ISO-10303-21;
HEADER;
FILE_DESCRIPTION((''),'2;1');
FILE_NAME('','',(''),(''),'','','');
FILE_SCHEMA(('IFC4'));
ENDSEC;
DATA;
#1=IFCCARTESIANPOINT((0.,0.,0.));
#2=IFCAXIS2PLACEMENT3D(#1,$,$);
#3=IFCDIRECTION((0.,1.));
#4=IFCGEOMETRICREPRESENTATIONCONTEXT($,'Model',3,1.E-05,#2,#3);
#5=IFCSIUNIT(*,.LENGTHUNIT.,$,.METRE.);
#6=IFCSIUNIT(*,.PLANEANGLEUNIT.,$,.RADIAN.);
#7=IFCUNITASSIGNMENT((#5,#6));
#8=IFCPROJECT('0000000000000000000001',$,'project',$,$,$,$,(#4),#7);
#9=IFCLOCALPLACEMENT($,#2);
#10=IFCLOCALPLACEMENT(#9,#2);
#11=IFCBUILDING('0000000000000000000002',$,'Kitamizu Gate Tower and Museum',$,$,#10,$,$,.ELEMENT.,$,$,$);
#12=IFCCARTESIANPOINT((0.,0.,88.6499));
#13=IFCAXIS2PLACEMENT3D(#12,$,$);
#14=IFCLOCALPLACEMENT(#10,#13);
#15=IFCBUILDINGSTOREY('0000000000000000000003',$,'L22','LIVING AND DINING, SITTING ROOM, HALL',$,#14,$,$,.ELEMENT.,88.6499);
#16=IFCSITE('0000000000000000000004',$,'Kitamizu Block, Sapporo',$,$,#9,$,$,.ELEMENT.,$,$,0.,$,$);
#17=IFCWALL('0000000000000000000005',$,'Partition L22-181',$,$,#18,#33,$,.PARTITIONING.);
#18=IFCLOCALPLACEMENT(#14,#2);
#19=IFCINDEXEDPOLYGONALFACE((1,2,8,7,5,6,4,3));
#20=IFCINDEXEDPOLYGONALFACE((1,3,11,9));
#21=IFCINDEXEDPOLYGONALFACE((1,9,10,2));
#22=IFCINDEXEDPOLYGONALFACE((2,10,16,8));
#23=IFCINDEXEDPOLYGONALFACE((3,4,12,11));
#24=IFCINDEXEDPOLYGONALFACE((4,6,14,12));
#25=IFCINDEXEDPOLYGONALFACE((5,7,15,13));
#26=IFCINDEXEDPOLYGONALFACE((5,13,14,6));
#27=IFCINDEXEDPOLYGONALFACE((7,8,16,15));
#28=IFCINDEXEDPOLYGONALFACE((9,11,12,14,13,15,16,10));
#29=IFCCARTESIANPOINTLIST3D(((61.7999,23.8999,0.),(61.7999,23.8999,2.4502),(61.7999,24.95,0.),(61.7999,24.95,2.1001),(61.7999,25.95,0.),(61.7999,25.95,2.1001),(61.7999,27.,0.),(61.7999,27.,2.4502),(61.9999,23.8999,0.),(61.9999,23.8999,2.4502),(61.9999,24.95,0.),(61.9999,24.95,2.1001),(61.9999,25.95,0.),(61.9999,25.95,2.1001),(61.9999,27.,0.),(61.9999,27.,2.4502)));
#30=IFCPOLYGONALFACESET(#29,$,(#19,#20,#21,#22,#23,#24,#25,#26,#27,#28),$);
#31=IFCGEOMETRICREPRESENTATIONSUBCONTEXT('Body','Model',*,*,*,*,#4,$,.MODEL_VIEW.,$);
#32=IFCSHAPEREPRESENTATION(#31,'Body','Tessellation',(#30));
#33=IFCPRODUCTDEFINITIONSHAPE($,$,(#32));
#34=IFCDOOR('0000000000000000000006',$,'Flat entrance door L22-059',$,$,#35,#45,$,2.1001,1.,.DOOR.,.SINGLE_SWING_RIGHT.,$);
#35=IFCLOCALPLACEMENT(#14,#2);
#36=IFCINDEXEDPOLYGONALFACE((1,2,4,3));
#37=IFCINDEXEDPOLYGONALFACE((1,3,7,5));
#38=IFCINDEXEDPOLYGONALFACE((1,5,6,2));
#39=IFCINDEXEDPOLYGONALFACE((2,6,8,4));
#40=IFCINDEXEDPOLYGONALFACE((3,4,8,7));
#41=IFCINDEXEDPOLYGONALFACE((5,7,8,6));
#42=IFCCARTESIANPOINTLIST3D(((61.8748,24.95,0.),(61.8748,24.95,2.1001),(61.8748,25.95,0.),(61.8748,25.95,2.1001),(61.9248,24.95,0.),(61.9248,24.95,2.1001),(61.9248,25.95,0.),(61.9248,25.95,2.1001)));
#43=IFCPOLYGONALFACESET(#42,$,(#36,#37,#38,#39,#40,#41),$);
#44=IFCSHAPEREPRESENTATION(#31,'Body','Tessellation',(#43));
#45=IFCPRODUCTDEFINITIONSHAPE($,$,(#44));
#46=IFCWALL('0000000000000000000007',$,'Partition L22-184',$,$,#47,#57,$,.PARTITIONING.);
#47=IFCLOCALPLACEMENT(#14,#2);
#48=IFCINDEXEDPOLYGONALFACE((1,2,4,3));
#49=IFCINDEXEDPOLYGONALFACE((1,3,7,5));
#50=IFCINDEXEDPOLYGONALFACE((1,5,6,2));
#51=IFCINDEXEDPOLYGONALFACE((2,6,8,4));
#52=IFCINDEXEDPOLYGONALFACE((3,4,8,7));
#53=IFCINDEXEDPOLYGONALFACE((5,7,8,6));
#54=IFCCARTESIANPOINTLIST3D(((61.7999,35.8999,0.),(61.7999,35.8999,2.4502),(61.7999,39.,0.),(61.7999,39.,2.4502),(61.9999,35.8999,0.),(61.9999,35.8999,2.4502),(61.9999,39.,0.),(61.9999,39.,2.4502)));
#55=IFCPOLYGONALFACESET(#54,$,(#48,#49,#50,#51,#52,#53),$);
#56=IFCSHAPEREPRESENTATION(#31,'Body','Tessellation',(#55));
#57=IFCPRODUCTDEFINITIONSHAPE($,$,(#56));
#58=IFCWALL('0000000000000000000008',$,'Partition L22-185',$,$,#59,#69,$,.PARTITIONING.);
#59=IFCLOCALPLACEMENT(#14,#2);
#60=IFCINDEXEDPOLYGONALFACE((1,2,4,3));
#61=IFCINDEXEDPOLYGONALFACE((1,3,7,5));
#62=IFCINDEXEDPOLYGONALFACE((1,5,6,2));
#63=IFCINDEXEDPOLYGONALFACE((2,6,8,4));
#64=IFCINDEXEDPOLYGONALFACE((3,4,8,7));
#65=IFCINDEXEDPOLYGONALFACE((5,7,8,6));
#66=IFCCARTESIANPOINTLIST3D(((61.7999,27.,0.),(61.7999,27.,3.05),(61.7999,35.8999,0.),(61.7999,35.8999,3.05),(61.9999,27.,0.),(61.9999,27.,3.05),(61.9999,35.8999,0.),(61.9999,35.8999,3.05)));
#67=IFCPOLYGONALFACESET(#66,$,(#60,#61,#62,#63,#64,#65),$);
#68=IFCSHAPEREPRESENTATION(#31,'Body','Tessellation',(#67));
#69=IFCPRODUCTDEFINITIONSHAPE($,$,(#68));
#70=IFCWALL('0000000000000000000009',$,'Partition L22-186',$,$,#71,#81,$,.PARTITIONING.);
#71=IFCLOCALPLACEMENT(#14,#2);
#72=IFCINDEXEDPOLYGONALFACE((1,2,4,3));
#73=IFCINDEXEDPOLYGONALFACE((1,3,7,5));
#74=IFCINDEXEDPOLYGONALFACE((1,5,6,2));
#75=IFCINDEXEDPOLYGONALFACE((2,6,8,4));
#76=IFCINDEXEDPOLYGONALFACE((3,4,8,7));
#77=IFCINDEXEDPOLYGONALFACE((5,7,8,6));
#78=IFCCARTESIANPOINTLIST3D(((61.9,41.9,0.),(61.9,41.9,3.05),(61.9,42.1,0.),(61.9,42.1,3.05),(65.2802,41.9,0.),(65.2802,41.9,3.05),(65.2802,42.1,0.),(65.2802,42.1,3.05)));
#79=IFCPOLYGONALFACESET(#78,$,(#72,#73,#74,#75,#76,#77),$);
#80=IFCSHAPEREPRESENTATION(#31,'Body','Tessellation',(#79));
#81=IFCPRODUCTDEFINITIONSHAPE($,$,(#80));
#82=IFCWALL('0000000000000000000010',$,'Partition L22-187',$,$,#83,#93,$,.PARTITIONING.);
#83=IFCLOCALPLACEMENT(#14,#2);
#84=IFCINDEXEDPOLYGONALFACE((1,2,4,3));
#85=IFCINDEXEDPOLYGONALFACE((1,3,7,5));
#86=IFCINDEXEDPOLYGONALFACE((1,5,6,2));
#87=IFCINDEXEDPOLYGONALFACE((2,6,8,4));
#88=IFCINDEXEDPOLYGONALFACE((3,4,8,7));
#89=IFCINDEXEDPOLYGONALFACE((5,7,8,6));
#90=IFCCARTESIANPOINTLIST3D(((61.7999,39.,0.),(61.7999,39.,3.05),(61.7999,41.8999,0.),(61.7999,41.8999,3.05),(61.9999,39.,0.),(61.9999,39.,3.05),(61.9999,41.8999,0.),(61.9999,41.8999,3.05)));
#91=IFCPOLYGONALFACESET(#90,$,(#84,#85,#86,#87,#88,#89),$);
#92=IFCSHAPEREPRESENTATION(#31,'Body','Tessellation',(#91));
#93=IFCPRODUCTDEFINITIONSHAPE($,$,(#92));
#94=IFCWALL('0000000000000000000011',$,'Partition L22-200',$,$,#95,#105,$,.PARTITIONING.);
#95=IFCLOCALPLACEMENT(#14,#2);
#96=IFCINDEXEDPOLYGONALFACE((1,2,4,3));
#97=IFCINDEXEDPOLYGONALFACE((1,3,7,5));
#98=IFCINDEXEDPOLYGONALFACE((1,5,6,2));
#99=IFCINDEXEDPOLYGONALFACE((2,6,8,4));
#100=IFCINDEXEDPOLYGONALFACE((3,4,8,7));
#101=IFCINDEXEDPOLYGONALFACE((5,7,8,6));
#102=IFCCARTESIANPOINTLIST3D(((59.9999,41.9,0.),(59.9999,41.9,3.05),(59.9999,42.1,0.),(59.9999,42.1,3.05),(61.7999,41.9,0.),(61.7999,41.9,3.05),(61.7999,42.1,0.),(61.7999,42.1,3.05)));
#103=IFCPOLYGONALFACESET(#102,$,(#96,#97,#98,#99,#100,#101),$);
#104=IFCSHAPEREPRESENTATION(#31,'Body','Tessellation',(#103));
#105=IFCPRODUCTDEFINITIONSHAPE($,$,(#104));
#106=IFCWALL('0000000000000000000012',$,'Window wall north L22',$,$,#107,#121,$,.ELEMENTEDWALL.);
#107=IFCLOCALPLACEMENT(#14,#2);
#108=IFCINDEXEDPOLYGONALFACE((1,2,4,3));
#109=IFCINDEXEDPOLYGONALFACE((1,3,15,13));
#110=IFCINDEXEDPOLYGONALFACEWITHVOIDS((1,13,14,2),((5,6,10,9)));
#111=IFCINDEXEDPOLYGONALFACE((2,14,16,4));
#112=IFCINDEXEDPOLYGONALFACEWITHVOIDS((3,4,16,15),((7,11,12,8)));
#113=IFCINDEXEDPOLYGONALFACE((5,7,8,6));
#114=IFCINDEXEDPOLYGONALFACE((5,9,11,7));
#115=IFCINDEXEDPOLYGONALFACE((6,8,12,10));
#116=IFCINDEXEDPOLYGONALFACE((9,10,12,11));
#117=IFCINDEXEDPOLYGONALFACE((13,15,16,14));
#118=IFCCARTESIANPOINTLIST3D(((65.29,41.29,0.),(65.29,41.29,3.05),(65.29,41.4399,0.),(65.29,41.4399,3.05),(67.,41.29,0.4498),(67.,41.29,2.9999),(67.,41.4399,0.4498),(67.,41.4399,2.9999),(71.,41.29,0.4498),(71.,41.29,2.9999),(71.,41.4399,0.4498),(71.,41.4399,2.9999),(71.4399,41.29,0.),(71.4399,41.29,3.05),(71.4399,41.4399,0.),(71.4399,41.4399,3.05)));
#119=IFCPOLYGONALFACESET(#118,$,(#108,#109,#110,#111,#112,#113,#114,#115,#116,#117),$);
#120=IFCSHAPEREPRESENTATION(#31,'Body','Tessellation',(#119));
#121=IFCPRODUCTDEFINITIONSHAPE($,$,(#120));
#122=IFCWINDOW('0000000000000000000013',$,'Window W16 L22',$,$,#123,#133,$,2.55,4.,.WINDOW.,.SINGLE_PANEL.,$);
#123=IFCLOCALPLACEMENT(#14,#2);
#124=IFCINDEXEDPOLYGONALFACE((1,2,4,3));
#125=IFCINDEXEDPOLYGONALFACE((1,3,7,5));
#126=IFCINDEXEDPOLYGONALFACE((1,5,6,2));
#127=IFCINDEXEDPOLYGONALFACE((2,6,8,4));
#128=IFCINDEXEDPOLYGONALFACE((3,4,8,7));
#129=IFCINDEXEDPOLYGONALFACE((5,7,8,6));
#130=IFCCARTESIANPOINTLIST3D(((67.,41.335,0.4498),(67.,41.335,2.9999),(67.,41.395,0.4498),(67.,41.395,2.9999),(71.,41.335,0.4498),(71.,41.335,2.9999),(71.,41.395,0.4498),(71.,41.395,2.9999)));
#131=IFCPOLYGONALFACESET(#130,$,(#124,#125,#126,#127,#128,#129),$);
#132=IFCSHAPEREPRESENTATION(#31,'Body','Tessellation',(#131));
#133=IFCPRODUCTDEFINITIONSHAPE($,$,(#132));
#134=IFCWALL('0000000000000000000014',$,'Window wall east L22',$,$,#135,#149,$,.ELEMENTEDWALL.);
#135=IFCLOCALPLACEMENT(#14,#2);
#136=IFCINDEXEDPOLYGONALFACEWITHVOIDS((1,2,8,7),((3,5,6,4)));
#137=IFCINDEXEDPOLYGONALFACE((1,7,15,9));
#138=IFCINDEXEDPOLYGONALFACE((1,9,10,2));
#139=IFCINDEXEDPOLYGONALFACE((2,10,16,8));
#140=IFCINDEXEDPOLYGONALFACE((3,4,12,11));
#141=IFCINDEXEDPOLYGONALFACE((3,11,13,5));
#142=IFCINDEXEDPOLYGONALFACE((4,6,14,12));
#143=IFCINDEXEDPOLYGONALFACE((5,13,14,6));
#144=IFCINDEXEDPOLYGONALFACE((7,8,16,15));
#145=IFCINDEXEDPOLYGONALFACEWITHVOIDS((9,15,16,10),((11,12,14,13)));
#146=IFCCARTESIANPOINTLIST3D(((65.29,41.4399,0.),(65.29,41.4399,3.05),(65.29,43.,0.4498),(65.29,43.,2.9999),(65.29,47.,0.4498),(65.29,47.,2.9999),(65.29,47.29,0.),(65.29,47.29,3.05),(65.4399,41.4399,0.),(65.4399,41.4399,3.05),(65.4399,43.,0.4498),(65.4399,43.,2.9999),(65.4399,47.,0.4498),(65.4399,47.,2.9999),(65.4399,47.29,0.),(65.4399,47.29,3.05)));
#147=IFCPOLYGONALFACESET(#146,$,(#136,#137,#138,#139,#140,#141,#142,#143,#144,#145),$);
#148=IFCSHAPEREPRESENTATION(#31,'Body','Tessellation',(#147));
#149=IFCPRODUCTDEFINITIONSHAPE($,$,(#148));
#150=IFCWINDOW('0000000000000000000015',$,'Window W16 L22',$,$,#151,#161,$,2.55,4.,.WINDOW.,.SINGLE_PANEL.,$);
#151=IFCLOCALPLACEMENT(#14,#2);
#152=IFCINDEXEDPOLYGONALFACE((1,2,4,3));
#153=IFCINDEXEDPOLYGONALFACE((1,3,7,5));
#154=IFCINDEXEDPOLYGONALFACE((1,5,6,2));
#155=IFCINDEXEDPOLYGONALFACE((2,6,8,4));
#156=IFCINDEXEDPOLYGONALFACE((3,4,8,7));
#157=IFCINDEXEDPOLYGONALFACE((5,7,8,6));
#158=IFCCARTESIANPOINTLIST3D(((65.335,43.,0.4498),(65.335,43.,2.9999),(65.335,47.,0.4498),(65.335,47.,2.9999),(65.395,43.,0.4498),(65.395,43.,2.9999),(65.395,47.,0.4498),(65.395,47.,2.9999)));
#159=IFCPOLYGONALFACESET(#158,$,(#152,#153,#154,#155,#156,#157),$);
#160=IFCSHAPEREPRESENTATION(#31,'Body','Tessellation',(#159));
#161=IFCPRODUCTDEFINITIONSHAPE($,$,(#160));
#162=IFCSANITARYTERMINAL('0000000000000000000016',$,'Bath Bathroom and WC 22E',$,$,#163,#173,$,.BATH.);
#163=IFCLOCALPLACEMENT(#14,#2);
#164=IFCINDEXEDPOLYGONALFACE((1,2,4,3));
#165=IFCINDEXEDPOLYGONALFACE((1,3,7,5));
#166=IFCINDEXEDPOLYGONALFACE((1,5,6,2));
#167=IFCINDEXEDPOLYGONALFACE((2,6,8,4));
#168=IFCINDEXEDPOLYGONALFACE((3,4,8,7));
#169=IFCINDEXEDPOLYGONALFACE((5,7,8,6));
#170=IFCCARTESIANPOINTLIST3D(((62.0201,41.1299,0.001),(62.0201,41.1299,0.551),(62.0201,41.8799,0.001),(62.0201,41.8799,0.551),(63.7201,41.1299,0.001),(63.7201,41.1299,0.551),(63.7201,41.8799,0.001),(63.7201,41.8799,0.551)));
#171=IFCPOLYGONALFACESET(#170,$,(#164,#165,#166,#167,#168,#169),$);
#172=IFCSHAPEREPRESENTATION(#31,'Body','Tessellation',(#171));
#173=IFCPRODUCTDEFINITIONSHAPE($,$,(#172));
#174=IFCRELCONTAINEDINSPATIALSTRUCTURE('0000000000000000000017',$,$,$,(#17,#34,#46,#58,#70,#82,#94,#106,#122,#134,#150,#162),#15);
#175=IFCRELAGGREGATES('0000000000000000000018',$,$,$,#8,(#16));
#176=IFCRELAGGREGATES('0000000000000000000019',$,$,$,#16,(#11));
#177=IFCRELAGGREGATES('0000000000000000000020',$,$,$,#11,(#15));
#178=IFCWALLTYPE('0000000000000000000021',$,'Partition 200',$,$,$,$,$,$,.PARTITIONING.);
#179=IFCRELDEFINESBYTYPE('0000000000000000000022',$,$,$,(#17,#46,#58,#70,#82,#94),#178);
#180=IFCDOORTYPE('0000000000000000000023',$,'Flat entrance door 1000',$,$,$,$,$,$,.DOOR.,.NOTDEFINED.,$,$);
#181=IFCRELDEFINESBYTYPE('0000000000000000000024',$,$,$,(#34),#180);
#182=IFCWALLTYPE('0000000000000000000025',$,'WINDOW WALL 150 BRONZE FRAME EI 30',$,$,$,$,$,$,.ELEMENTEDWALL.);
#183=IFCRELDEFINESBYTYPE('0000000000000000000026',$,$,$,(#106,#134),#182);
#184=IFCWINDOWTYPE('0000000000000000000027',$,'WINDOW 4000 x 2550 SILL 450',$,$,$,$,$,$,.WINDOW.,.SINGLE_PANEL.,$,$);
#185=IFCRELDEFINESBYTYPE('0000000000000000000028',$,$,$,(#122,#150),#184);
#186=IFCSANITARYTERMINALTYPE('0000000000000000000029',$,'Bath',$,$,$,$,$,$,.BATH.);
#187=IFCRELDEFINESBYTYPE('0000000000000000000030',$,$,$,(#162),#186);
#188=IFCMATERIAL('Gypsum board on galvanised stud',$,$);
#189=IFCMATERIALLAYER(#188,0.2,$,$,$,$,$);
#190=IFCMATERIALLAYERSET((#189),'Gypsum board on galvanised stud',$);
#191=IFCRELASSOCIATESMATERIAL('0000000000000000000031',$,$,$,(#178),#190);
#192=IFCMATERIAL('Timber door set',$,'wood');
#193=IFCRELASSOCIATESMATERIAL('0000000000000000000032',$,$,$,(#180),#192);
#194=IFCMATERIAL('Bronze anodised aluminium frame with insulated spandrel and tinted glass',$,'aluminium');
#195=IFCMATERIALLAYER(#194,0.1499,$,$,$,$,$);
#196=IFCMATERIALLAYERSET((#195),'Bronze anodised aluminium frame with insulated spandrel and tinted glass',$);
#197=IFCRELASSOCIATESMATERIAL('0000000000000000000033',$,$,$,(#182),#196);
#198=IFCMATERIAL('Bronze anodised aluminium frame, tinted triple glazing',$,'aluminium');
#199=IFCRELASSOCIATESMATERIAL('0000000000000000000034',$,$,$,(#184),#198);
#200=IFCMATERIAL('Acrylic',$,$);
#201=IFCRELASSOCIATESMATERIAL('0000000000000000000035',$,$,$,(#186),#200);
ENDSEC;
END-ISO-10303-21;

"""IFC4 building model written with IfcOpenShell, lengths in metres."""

from ifc_helpers import new_model, si_unit, direction, frame, frame_2d, origin, origin_2d, place, context, subcontext, project, spatial, rectangle, extrude, material, layer, layer_set, type_object, element, fill, save


model = new_model("IFC4")

# Units and contexts
model_context = context("Model", 3, precision=1e-05, world=origin(), true_north=direction((0.0, 1.0)))
body_context = subcontext(model_context, "Body", "Model", "MODEL_VIEW")
ifc_project = project(units=[si_unit("LENGTHUNIT", "METRE"), si_unit("PLANEANGLEUNIT", "RADIAN")], contexts=[model_context])

# Site, building, storey
site_placement = place(None, origin())
site = spatial("IfcSite", under=ifc_project, at=site_placement, Name="Kitamizu Block, Sapporo", CompositionType="ELEMENT", RefElevation=0.0)
building_placement = place(site_placement, origin())
building = spatial("IfcBuilding", under=site, at=building_placement, Name="Kitamizu Gate Tower and Museum", CompositionType="ELEMENT")
storey_placement = place(building_placement, frame((0.0, 0.0, 88.6499)))
storey = spatial("IfcBuildingStorey", under=building, at=storey_placement, Name="L22", Description="LIVING AND DINING, SITTING ROOM, HALL", CompositionType="ELEMENT", Elevation=88.6499)

# Wall, opening, door
ifc_material_1 = material(Name="Gypsum board on galvanised stud")
ifc_layer_1 = layer(ifc_material_1, 0.2)
ifc_layer_set_1 = layer_set([ifc_layer_1], Name="Gypsum board on galvanised stud")
wall_type_1 = type_object("IfcWallType", Name="Partition 200", PredefinedType="PARTITIONING", material=ifc_layer_set_1)
wall_1_placement = place(storey_placement, frame((61.8999, 27.0, 0.0), z_axis=(0.0, 0.0, 1.0), x_axis=(0.0, -1.0, 0.0)))
wall_1 = element("IfcWall", 1, at=wall_1_placement, inside=storey, type_object=wall_type_1, Name="Partition L22-181", PredefinedType="PARTITIONING", context=body_context, shape_type="SweptSolid", body=[
    extrude(rectangle(XDim=3.1001, YDim=0.2, at=frame_2d((1.55, 0.0))), origin(), (0.0, 0.0, 1.0), 2.4502),
])
opening_1_placement = place(wall_1_placement, frame((1.05, 0.0, 0.0)))
opening_1 = element("IfcOpeningElement", 2, at=opening_1_placement, cuts=wall_1, PredefinedType="OPENING", context=body_context, shape_type="SweptSolid", body=[
    extrude(rectangle(XDim=1.0, YDim=2.1001, at=frame_2d((0.5, 1.05))), frame((0.0, 0.1099, 0.0), z_axis=(0.0, -1.0, 0.0), x_axis=(1.0, 0.0, 0.0)), (0.0, 0.0, 1.0), 0.22),
])
ifc_material_2 = material(Name="Timber door set", Category="wood")
door_type_1 = type_object("IfcDoorType", Name="Flat entrance door 1000", OperationType="NOTDEFINED", PredefinedType="DOOR", material=ifc_material_2)
door_1_placement = place(opening_1_placement, origin())
door_1 = element("IfcDoor", 3, at=door_1_placement, inside=storey, type_object=door_type_1, Name="Flat entrance door L22-059", OperationType="SINGLE_SWING_RIGHT", OverallHeight=2.1001, OverallWidth=1.0, PredefinedType="DOOR", context=body_context, shape_type="SweptSolid", body=[
    extrude(rectangle(XDim=1.0, YDim=2.1001, at=frame_2d((0.5, 1.05))), frame((0.0, 0.0249, 0.0), z_axis=(0.0, -1.0, 0.0), x_axis=(1.0, 0.0, 0.0)), (0.0, 0.0, 1.0), 0.05),
])
fill(opening_1, door_1)

# Walls
wall_2_placement = place(storey_placement, frame((61.8999, 39.0, 0.0), z_axis=(0.0, 0.0, 1.0), x_axis=(0.0, -1.0, 0.0)))
element("IfcWall", 4, at=wall_2_placement, inside=storey, type_object=wall_type_1, Name="Partition L22-184", PredefinedType="PARTITIONING", context=body_context, shape_type="SweptSolid", body=[
    extrude(rectangle(XDim=3.1001, YDim=0.2, at=frame_2d((1.55, 0.0))), origin(), (0.0, 0.0, 1.0), 2.4502),
])
wall_3_placement = place(storey_placement, frame((61.8999, 35.8999, 0.0), z_axis=(0.0, 0.0, 1.0), x_axis=(0.0, -1.0, 0.0)))
element("IfcWall", 5, at=wall_3_placement, inside=storey, type_object=wall_type_1, Name="Partition L22-185", PredefinedType="PARTITIONING", context=body_context, shape_type="SweptSolid", body=[
    extrude(rectangle(XDim=8.8999, YDim=0.2, at=frame_2d((4.45, 0.0))), origin(), (0.0, 0.0, 1.0), 3.05),
])
wall_4_placement = place(storey_placement, frame((65.28, 42.0, 0.0), z_axis=(0.0, 0.0, 1.0), x_axis=(-1.0, 0.0, 0.0)))
element("IfcWall", 6, at=wall_4_placement, inside=storey, type_object=wall_type_1, Name="Partition L22-186", PredefinedType="PARTITIONING", context=body_context, shape_type="SweptSolid", body=[
    extrude(rectangle(XDim=3.3801, YDim=0.2, at=frame_2d((1.6899, 0.0))), origin(), (0.0, 0.0, 1.0), 3.05),
])
wall_5_placement = place(storey_placement, frame((61.8999, 41.8999, 0.0), z_axis=(0.0, 0.0, 1.0), x_axis=(0.0, -1.0, 0.0)))
element("IfcWall", 7, at=wall_5_placement, inside=storey, type_object=wall_type_1, Name="Partition L22-187", PredefinedType="PARTITIONING", context=body_context, shape_type="SweptSolid", body=[
    extrude(rectangle(XDim=2.8999, YDim=0.2, at=frame_2d((1.45, 0.0))), origin(), (0.0, 0.0, 1.0), 3.05),
])
wall_6_placement = place(storey_placement, frame((60.0, 42.0, 0.0), z_axis=(0.0, 0.0, 1.0), x_axis=(1.0, 0.0, 0.0)))
element("IfcWall", 8, at=wall_6_placement, inside=storey, type_object=wall_type_1, Name="Partition L22-200", PredefinedType="PARTITIONING", context=body_context, shape_type="SweptSolid", body=[
    extrude(rectangle(XDim=1.8, YDim=0.2, at=frame_2d((0.8999, 0.0))), origin(), (0.0, 0.0, 1.0), 3.05),
])

# Walls, openings, windows
ifc_material_3 = material(Name="Bronze anodised aluminium frame with insulated spandrel and tinted glass", Category="aluminium")
ifc_layer_2 = layer(ifc_material_3, 0.1499)
ifc_layer_set_2 = layer_set([ifc_layer_2], Name="Bronze anodised aluminium frame with insulated spandrel and tinted glass")
wall_type_2 = type_object("IfcWallType", Name="WINDOW WALL 150 BRONZE FRAME EI 30", PredefinedType="ELEMENTEDWALL", material=ifc_layer_set_2)
wall_7_placement = place(storey_placement, frame((65.29, 41.365, 0.0), z_axis=(0.0, 0.0, 1.0), x_axis=(1.0, 0.0, 0.0)))
wall_7 = element("IfcWall", 9, at=wall_7_placement, inside=storey, type_object=wall_type_2, Name="Window wall north L22", PredefinedType="ELEMENTEDWALL", context=body_context, shape_type="SweptSolid", body=[
    extrude(rectangle(XDim=6.1499, YDim=0.1499, at=frame_2d((3.075, 0.0))), origin(), (0.0, 0.0, 1.0), 3.05),
])
opening_2_placement = place(wall_7_placement, frame((1.71, 0.0, 0.45)))
opening_2 = element("IfcOpeningElement", 10, at=opening_2_placement, cuts=wall_7, PredefinedType="OPENING", context=body_context, shape_type="SweptSolid", body=[
    extrude(rectangle(XDim=4.0, YDim=2.55, at=frame_2d((2.0, 1.2749))), frame((0.0, 0.085, 0.0), z_axis=(0.0, -1.0, 0.0), x_axis=(1.0, 0.0, 0.0)), (0.0, 0.0, 1.0), 0.1699),
])
ifc_material_4 = material(Name="Bronze anodised aluminium frame, tinted triple glazing", Category="aluminium")
window_type = type_object("IfcWindowType", Name="WINDOW 4000 x 2550 SILL 450", PartitioningType="SINGLE_PANEL", PredefinedType="WINDOW", material=ifc_material_4)
window_1_placement = place(opening_2_placement, origin())
window_1 = element("IfcWindow", 11, at=window_1_placement, inside=storey, type_object=window_type, Name="Window W16 L22", OverallHeight=2.55, OverallWidth=4.0, PartitioningType="SINGLE_PANEL", PredefinedType="WINDOW", context=body_context, shape_type="SweptSolid", body=[
    extrude(rectangle(XDim=4.0, YDim=2.55, at=frame_2d((2.0, 1.2749))), frame((0.0, 0.03, 0.0), z_axis=(0.0, -1.0, 0.0), x_axis=(1.0, 0.0, 0.0)), (0.0, 0.0, 1.0), 0.0601),
])
fill(opening_2, window_1)
wall_8_placement = place(storey_placement, frame((65.365, 41.4399, 0.0), z_axis=(0.0, 0.0, 1.0), x_axis=(0.0, 1.0, 0.0)))
wall_8 = element("IfcWall", 12, at=wall_8_placement, inside=storey, type_object=wall_type_2, Name="Window wall east L22", PredefinedType="ELEMENTEDWALL", context=body_context, shape_type="SweptSolid", body=[
    extrude(rectangle(XDim=5.8501, YDim=0.1499, at=frame_2d((2.925, 0.0))), origin(), (0.0, 0.0, 1.0), 3.05),
])
opening_3_placement = place(wall_8_placement, frame((1.5601, 0.0, 0.45)))
opening_3 = element("IfcOpeningElement", 13, at=opening_3_placement, cuts=wall_8, PredefinedType="OPENING", context=body_context, shape_type="SweptSolid", body=[
    extrude(rectangle(XDim=4.0, YDim=2.55, at=frame_2d((2.0, 1.2749))), frame((0.0, 0.085, 0.0), z_axis=(0.0, -1.0, 0.0), x_axis=(1.0, 0.0, 0.0)), (0.0, 0.0, 1.0), 0.1699),
])
window_2_placement = place(opening_3_placement, origin())
window_2 = element("IfcWindow", 14, at=window_2_placement, inside=storey, type_object=window_type, Name="Window W16 L22", OverallHeight=2.55, OverallWidth=4.0, PartitioningType="SINGLE_PANEL", PredefinedType="WINDOW", context=body_context, shape_type="SweptSolid", body=[
    extrude(rectangle(XDim=4.0, YDim=2.55, at=frame_2d((2.0, 1.2749))), frame((0.0, 0.03, 0.0), z_axis=(0.0, -1.0, 0.0), x_axis=(1.0, 0.0, 0.0)), (0.0, 0.0, 1.0), 0.0601),
])
fill(opening_3, window_2)

# Sanitary terminal
ifc_material_5 = material(Name="Acrylic")
sanitary_terminal_type_1 = type_object("IfcSanitaryTerminalType", Name="Bath", PredefinedType="BATH", material=ifc_material_5)
sanitary_terminal_1_placement = place(storey_placement, frame((62.8701, 41.5049, 0.001), z_axis=(0.0, 0.0, 1.0), x_axis=(1.0, 0.0, 0.0)))
element("IfcSanitaryTerminal", 15, at=sanitary_terminal_1_placement, inside=storey, type_object=sanitary_terminal_type_1, Name="Bath Bathroom and WC 22E", PredefinedType="BATH", context=body_context, shape_type="SweptSolid", body=[
    extrude(rectangle(XDim=1.7, YDim=0.75, at=origin_2d()), origin(), (0.0, 0.0, 1.0), 0.55),
])

save(model, "model.ifc")
